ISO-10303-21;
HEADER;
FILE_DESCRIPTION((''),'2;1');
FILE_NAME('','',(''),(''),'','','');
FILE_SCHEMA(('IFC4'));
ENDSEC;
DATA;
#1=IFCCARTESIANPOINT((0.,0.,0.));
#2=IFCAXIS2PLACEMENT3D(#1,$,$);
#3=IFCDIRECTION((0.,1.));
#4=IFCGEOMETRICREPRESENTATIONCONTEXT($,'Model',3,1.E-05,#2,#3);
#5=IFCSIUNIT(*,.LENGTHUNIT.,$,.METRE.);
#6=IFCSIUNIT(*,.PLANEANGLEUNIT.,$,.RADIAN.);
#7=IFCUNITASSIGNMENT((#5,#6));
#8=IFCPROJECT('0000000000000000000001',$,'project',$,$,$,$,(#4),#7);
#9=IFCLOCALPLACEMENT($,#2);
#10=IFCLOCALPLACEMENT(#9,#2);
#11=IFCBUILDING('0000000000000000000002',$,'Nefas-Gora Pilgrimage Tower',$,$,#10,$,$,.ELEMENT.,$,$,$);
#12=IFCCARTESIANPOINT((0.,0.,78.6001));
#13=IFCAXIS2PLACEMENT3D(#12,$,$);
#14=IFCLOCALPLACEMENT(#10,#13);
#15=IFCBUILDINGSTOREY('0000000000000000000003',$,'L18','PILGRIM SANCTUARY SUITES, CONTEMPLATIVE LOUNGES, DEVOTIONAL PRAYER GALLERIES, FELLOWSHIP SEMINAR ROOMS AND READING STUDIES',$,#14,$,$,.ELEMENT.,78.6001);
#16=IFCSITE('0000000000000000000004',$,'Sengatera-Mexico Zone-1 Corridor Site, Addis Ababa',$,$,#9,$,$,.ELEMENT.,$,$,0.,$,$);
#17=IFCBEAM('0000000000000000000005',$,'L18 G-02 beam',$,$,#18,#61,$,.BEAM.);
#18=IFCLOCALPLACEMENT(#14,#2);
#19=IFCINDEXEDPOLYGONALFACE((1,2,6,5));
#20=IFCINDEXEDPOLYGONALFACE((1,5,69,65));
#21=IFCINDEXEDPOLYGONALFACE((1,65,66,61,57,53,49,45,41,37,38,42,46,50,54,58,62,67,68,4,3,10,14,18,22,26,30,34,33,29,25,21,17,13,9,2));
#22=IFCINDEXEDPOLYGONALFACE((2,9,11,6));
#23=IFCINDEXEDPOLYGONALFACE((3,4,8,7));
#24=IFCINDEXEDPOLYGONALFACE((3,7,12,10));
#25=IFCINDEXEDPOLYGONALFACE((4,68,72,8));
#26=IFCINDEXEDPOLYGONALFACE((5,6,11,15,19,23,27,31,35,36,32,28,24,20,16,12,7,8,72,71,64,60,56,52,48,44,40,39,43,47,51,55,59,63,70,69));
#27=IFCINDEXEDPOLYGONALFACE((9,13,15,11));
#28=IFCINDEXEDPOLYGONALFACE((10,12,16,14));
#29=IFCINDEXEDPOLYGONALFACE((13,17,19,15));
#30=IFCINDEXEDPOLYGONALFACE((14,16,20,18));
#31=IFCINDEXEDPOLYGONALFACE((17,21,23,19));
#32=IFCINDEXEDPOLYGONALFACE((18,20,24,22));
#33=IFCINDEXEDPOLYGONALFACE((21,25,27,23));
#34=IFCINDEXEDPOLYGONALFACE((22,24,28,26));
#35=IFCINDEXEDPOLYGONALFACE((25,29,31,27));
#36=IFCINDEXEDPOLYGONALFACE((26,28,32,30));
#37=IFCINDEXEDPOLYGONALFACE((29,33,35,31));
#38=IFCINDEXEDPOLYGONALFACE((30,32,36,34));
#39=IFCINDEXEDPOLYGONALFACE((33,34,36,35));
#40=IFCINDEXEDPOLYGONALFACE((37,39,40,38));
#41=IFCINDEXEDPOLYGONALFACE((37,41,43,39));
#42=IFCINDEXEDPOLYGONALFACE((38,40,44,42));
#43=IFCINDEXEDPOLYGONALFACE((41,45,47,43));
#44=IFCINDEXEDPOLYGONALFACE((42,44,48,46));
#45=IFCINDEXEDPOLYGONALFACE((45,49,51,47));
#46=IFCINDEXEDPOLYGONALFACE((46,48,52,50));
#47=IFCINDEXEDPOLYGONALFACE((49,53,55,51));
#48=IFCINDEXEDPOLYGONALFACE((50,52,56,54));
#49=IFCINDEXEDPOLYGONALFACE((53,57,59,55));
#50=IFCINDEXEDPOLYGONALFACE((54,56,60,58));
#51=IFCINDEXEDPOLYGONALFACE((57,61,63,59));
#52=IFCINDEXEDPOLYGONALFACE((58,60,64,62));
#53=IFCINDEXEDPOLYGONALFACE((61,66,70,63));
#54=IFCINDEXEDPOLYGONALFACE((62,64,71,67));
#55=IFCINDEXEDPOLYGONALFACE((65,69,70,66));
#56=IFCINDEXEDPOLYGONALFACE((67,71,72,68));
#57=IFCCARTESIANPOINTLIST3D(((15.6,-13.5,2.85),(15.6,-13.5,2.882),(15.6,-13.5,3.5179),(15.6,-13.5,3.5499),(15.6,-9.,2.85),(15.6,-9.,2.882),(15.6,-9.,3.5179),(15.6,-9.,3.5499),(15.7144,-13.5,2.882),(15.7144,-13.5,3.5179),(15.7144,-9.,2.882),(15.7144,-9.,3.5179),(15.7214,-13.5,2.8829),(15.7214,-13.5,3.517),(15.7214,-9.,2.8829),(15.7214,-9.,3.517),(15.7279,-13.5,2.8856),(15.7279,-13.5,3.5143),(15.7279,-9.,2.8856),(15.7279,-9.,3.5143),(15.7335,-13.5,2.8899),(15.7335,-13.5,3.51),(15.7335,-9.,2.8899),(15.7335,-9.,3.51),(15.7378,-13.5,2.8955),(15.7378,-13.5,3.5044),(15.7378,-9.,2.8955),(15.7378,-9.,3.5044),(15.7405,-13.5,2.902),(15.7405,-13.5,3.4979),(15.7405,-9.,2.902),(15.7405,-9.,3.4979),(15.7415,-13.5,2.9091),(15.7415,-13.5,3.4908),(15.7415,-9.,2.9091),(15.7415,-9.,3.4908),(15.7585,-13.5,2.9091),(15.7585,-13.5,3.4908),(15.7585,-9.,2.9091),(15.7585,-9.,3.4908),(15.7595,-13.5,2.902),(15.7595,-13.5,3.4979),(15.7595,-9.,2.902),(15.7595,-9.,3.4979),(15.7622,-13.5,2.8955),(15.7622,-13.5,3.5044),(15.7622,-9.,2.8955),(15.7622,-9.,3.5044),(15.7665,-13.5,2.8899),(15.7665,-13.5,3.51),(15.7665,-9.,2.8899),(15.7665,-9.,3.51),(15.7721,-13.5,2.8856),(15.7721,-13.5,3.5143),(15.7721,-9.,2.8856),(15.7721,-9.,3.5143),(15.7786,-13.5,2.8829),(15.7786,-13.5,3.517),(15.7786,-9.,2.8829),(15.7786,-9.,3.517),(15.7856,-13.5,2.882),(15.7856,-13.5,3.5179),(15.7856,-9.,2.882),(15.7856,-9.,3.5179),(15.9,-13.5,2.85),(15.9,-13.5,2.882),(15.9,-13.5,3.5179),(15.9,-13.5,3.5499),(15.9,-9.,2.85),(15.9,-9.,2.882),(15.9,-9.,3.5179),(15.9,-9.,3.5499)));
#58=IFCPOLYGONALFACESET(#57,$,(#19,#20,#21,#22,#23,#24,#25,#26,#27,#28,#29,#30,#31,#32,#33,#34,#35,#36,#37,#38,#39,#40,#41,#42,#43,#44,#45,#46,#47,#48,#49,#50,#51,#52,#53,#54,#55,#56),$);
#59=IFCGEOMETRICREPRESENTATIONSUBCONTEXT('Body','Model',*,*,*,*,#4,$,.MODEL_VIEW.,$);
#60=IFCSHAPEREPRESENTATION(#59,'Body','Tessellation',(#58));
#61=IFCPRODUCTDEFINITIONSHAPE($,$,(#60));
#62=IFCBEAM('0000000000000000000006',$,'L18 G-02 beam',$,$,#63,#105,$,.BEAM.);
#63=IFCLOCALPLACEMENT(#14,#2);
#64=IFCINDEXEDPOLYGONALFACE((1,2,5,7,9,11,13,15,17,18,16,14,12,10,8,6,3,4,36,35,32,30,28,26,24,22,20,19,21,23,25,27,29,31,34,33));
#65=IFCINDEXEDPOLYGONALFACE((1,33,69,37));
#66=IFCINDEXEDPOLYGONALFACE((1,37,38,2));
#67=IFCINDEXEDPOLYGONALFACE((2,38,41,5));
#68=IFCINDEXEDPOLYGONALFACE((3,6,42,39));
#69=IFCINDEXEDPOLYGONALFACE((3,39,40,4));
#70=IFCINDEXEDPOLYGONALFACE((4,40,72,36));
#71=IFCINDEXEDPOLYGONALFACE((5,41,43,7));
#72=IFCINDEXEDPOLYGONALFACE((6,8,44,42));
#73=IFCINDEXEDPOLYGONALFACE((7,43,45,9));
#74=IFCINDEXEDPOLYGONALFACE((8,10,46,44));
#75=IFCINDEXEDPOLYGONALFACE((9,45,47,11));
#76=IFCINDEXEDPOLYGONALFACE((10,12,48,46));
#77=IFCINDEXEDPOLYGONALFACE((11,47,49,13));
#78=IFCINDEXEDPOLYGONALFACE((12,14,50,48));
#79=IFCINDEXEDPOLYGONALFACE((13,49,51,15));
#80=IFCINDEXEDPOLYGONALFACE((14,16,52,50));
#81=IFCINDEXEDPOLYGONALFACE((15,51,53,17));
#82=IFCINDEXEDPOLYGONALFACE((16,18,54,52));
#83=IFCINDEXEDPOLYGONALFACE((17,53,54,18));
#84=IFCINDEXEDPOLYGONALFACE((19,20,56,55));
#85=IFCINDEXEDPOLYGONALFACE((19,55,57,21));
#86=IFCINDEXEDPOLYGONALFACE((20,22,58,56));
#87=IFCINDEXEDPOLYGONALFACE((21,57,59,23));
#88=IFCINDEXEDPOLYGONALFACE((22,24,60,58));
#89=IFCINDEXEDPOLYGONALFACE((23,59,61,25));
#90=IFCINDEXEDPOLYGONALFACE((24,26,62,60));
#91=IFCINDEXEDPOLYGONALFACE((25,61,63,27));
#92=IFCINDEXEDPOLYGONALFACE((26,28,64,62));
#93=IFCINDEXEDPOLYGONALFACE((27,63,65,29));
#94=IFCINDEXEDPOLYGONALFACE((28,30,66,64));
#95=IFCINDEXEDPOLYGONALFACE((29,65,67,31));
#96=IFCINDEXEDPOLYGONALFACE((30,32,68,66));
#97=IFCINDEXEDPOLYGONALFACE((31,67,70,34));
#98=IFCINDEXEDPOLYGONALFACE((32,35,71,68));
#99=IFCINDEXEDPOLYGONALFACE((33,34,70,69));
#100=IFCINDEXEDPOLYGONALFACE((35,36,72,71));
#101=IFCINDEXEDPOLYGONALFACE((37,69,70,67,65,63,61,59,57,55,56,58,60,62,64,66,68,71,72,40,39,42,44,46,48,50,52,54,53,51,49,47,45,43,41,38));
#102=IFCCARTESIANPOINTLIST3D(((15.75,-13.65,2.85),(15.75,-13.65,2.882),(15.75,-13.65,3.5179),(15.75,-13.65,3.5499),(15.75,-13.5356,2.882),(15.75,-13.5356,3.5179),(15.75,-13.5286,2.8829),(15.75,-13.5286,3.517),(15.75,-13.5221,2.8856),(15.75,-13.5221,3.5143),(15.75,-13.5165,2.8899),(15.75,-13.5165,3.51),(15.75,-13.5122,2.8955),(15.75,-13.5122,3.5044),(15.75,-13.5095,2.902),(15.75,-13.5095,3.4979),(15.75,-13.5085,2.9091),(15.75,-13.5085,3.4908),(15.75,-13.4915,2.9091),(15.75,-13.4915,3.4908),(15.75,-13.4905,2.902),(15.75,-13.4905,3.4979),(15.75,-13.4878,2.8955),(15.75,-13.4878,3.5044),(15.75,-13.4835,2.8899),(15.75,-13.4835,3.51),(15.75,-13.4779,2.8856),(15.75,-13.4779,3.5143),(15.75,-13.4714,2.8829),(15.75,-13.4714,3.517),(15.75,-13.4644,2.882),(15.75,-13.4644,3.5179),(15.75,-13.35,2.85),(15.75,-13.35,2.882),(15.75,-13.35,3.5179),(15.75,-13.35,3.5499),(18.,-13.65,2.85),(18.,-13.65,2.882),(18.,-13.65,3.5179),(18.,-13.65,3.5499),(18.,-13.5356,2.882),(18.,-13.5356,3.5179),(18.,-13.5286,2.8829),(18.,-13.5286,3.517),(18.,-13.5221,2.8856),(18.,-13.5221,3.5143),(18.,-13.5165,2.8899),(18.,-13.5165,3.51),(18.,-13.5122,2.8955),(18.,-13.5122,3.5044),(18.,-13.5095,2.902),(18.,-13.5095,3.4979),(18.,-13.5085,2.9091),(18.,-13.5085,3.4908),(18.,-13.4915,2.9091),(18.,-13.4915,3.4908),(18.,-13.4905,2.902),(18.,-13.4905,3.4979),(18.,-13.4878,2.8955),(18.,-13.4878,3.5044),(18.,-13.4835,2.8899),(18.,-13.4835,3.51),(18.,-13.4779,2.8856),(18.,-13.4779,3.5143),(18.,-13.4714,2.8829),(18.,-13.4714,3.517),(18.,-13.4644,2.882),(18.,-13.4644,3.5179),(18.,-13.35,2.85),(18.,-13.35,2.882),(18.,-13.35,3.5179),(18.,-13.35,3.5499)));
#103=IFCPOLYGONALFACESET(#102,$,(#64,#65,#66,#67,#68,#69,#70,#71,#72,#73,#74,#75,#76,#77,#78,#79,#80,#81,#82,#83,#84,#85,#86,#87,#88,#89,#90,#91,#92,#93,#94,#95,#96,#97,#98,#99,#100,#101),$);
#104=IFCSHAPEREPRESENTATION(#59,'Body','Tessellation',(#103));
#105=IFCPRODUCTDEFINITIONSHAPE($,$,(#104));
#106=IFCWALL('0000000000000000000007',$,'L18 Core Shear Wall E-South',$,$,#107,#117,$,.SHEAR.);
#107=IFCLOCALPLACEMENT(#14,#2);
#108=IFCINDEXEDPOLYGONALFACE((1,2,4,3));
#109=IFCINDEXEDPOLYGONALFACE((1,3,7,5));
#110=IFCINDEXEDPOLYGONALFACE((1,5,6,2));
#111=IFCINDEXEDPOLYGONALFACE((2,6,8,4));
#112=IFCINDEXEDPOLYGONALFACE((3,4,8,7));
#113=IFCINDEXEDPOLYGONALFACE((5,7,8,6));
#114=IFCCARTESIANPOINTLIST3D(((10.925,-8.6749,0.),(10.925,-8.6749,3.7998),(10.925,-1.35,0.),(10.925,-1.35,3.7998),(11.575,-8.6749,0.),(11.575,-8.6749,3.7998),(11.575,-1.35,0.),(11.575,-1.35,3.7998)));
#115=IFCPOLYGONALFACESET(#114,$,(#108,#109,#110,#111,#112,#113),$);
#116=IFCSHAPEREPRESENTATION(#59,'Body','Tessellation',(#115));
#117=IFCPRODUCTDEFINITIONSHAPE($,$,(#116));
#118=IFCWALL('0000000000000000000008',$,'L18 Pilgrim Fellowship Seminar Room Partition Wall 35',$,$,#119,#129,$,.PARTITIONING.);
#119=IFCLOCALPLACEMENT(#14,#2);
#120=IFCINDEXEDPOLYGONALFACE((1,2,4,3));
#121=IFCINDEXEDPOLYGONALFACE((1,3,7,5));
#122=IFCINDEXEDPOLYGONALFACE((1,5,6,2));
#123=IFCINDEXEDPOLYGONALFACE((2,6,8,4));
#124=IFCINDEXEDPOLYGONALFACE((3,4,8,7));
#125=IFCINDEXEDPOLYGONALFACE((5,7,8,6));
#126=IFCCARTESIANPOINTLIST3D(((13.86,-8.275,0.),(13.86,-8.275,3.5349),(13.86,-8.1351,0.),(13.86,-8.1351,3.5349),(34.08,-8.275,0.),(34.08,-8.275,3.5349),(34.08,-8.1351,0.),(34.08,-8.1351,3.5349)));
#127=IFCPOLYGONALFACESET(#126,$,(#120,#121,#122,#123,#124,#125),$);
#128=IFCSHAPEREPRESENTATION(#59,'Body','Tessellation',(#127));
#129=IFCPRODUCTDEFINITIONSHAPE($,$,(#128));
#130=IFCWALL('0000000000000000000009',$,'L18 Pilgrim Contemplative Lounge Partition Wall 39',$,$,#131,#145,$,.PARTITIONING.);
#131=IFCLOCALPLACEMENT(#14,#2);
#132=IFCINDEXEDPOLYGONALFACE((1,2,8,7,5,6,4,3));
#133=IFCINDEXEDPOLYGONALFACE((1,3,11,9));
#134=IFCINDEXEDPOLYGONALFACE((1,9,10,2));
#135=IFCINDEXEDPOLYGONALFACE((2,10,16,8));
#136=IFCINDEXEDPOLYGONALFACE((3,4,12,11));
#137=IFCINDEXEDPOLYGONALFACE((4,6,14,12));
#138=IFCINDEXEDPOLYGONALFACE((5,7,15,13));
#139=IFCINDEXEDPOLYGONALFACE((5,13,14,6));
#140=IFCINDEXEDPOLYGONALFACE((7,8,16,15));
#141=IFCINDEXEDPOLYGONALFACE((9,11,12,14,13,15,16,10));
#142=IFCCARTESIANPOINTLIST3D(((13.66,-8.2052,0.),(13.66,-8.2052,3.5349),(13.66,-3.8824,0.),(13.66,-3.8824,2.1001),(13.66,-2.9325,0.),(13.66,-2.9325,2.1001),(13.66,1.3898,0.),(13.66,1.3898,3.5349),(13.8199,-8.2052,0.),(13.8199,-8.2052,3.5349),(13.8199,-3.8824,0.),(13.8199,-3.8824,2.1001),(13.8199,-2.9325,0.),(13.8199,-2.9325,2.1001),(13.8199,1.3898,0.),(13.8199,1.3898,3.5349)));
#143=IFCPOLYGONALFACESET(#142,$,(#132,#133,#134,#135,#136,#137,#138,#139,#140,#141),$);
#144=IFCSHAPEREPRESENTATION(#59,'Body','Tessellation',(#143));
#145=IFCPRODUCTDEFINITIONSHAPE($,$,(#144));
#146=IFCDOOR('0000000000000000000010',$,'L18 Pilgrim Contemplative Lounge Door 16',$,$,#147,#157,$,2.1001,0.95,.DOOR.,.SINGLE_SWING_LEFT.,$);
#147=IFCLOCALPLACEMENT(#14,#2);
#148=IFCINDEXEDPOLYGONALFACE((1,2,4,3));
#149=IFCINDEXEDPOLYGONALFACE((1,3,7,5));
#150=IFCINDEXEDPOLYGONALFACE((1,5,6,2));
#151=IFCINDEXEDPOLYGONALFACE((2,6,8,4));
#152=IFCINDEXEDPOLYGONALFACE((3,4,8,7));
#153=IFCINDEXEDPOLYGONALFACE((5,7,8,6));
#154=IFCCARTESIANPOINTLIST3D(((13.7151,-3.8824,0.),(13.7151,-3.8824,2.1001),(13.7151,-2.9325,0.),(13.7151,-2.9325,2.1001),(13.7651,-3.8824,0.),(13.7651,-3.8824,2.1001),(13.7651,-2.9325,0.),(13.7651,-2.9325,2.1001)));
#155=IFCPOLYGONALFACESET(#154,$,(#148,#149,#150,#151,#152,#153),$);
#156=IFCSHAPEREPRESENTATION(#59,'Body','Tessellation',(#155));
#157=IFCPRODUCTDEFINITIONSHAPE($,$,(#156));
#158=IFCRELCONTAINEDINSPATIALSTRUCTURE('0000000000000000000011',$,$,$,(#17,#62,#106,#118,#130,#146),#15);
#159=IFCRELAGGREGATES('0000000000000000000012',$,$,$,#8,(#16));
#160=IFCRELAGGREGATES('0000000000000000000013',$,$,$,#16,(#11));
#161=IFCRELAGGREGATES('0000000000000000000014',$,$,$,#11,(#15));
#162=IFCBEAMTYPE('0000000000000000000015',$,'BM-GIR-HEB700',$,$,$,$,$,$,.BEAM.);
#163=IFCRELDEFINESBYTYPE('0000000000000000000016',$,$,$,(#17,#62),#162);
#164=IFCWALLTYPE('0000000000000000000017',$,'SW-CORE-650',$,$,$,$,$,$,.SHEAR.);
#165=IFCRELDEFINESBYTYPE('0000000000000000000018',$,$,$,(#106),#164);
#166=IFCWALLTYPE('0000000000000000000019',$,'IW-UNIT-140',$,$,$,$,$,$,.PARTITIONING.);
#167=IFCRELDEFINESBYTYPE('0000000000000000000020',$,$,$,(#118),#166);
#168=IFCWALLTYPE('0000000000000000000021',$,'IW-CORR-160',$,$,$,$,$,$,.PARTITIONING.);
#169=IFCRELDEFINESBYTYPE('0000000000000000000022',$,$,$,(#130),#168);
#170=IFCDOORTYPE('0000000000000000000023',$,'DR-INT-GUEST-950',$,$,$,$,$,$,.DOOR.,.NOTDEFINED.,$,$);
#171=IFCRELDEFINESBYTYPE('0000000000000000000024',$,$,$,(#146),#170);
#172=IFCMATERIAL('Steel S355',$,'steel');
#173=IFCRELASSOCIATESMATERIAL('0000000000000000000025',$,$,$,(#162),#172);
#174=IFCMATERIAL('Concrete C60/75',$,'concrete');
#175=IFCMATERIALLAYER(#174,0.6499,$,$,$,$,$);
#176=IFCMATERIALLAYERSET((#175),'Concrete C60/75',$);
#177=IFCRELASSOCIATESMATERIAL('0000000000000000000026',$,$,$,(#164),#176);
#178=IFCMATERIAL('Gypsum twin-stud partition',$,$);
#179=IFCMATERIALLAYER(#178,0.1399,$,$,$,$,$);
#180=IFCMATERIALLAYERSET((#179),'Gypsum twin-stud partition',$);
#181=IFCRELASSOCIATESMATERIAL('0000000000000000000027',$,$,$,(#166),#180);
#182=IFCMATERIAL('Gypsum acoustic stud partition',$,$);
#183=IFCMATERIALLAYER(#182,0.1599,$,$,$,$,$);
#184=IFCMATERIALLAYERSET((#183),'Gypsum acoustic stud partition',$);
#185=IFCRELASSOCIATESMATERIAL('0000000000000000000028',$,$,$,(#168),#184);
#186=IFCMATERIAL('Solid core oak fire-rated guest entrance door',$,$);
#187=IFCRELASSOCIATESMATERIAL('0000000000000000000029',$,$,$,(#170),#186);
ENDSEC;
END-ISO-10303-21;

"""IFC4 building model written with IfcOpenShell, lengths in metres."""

from ifc_helpers import new_model, si_unit, direction, frame, frame_2d, origin, origin_2d, place, context, subcontext, project, spatial, rectangle, i_section, extrude, source, transform, mapped, material, layer, layer_set, material_profile, profile_set, type_object, element, fill, save


model = new_model("IFC4")

# Units and contexts
model_context = context("Model", 3, precision=1e-05, world=origin(), true_north=direction((0.0, 1.0)))
body_context = subcontext(model_context, "Body", "Model", "MODEL_VIEW")
ifc_project = project(units=[si_unit("LENGTHUNIT", "METRE"), si_unit("PLANEANGLEUNIT", "RADIAN")], contexts=[model_context])

# Site, building, storey
site_placement = place(None, origin())
site = spatial("IfcSite", under=ifc_project, at=site_placement, Name="Sengatera-Mexico Zone-1 Corridor Site, Addis Ababa", CompositionType="ELEMENT", RefElevation=0.0)
building_placement = place(site_placement, origin())
building = spatial("IfcBuilding", under=site, at=building_placement, Name="Nefas-Gora Pilgrimage Tower", CompositionType="ELEMENT")
storey_placement = place(building_placement, frame((0.0, 0.0, 78.6001)))
storey = spatial("IfcBuildingStorey", under=building, at=storey_placement, Name="L18", Description="PILGRIM SANCTUARY SUITES, CONTEMPLATIVE LOUNGES, DEVOTIONAL PRAYER GALLERIES, FELLOWSHIP SEMINAR ROOMS AND READING STUDIES", CompositionType="ELEMENT", Elevation=78.6001)

# Beams
ifc_material_1 = material(Name="Concrete C60/75", Category="concrete")
ifc_material_2 = material(Name="Steel S355", Category="steel")
ifc_material_profile_1 = material_profile(ifc_material_2, i_section(OverallWidth=0.3, OverallDepth=0.7, WebThickness=0.0171, FlangeThickness=0.032, FilletRadius=0.0271, at=origin_2d()), Name="HEB 700")
ifc_profile_set_1 = profile_set([ifc_material_profile_1], Name="Steel S355")
beam_type_1 = type_object("IfcBeamType", Name="BM-GIR-HEB700", PredefinedType="BEAM", material=ifc_profile_set_1)
shared_shape_1 = source(origin(), body_context, "Body", "SweptSolid", [
    extrude(i_section(OverallWidth=0.3, OverallDepth=0.7, WebThickness=0.0171, FlangeThickness=0.032, FilletRadius=0.0271, at=origin_2d()), origin(), (0.0, 0.0, 1.0), 4.5),
])
for number, where, z_axis, x_axis, name in (
    (1, (15.75, -13.5, 3.2), (0.0, 1.0, 0.0), (-1.0, 0.0, 0.0), "L18 G-02 beam"),
):
    element("IfcBeam", number, at=place(storey_placement, frame(where, z_axis=z_axis, x_axis=x_axis)), inside=storey, type_object=beam_type_1, Name=name, PredefinedType="BEAM", context=body_context, shape_type="MappedRepresentation", body=[
        mapped(shared_shape_1, transform((0.0, 0.0, 0.0), x_axis=(1.0, 0.0, 0.0), y_axis=(0.0, 1.0, 0.0), z_axis=(0.0, 0.0, 1.0), scale=1.0)),
    ])
shared_shape_2 = source(origin(), body_context, "Body", "SweptSolid", [
    extrude(i_section(OverallWidth=0.3, OverallDepth=0.7, WebThickness=0.0171, FlangeThickness=0.032, FilletRadius=0.0271, at=origin_2d()), origin(), (0.0, 0.0, 1.0), 2.25),
])
beam_1_placement = place(storey_placement, frame((15.75, -13.5, 3.2), z_axis=(1.0, 0.0, 0.0), x_axis=(0.0, 1.0, 0.0)))
element("IfcBeam", 2, at=beam_1_placement, inside=storey, type_object=beam_type_1, Name="L18 G-02 beam", PredefinedType="BEAM", context=body_context, shape_type="MappedRepresentation", body=[
    mapped(shared_shape_2, transform((0.0, 0.0, 0.0), x_axis=(1.0, 0.0, 0.0), y_axis=(0.0, 1.0, 0.0), z_axis=(0.0, 0.0, 1.0), scale=1.0)),
])

# Walls
ifc_layer_1 = layer(ifc_material_1, 0.6499)
ifc_layer_set_1 = layer_set([ifc_layer_1], Name="Concrete C60/75")
wall_type_1 = type_object("IfcWallType", Name="SW-CORE-650", PredefinedType="SHEAR", material=ifc_layer_set_1)
shared_shape_3 = source(origin(), body_context, "Body", "SweptSolid", [
    extrude(rectangle(XDim=7.325, YDim=0.6499, at=frame_2d((3.6626, 0.0))), origin(), (0.0, 0.0, 1.0), 3.7998),
])
wall_1_placement = place(storey_placement, frame((11.25, -8.675, 0.0), z_axis=(0.0, 0.0, 1.0), x_axis=(0.0, 1.0, 0.0)))
element("IfcWall", 3, at=wall_1_placement, inside=storey, type_object=wall_type_1, Name="L18 Core Shear Wall E-South", PredefinedType="SHEAR", context=body_context, shape_type="MappedRepresentation", body=[
    mapped(shared_shape_3, transform((0.0, 0.0, 0.0), x_axis=(1.0, 0.0, 0.0), y_axis=(0.0, 1.0, 0.0), z_axis=(0.0, 0.0, 1.0), scale=1.0)),
])
ifc_material_3 = material(Name="Gypsum twin-stud partition")
ifc_layer_2 = layer(ifc_material_3, 0.1399)
ifc_layer_set_2 = layer_set([ifc_layer_2], Name="Gypsum twin-stud partition")
wall_type_2 = type_object("IfcWallType", Name="IW-UNIT-140", PredefinedType="PARTITIONING", material=ifc_layer_set_2)
shared_shape_4 = source(origin(), body_context, "Body", "SweptSolid", [
    extrude(rectangle(XDim=20.22, YDim=0.1399, at=frame_2d((10.1099, 0.0))), origin(), (0.0, 0.0, 1.0), 3.5349),
])
wall_2_placement = place(storey_placement, frame((13.8601, -8.2051, 0.0), z_axis=(0.0, 0.0, 1.0), x_axis=(1.0, 0.0, 0.0)))
element("IfcWall", 4, at=wall_2_placement, inside=storey, type_object=wall_type_2, Name="L18 Pilgrim Fellowship Seminar Room Partition Wall 35", PredefinedType="PARTITIONING", context=body_context, shape_type="MappedRepresentation", body=[
    mapped(shared_shape_4, transform((0.0, 0.0, 0.0), x_axis=(1.0, 0.0, 0.0), y_axis=(0.0, 1.0, 0.0), z_axis=(0.0, 0.0, 1.0), scale=1.0)),
])

# Wall, opening, door
ifc_material_4 = material(Name="Gypsum acoustic stud partition")
ifc_layer_3 = layer(ifc_material_4, 0.1599)
ifc_layer_set_3 = layer_set([ifc_layer_3], Name="Gypsum acoustic stud partition")
wall_type_3 = type_object("IfcWallType", Name="IW-CORR-160", PredefinedType="PARTITIONING", material=ifc_layer_set_3)
shared_shape_5 = source(origin(), body_context, "Body", "SweptSolid", [
    extrude(rectangle(XDim=9.595, YDim=0.1599, at=frame_2d((4.7974, 0.0))), origin(), (0.0, 0.0, 1.0), 3.5349),
])
wall_3_placement = place(storey_placement, frame((13.74, -8.2051, 0.0), z_axis=(0.0, 0.0, 1.0), x_axis=(0.0, 1.0, 0.0)))
wall_3 = element("IfcWall", 5, at=wall_3_placement, inside=storey, type_object=wall_type_3, Name="L18 Pilgrim Contemplative Lounge Partition Wall 39", PredefinedType="PARTITIONING", context=body_context, shape_type="MappedRepresentation", body=[
    mapped(shared_shape_5, transform((0.0, 0.0, 0.0), x_axis=(1.0, 0.0, 0.0), y_axis=(0.0, 1.0, 0.0), z_axis=(0.0, 0.0, 1.0), scale=1.0)),
])
opening_1_placement = place(wall_3_placement, frame((4.3225, 0.0, 0.0)))
opening_1 = element("IfcOpeningElement", 6, at=opening_1_placement, cuts=wall_3, PredefinedType="OPENING", context=body_context, shape_type="SweptSolid", body=[
    extrude(rectangle(XDim=0.95, YDim=2.1001, at=frame_2d((0.4751, 1.05))), frame((0.0, 0.0898, 0.0), z_axis=(0.0, -1.0, 0.0), x_axis=(1.0, 0.0, 0.0)), (0.0, 0.0, 1.0), 0.1799),
])
ifc_material_5 = material(Name="Solid core oak fire-rated guest entrance door")
door_type_1 = type_object("IfcDoorType", Name="DR-INT-GUEST-950", OperationType="NOTDEFINED", PredefinedType="DOOR", material=ifc_material_5)
shared_shape_6 = source(origin(), body_context, "Body", "SweptSolid", [
    extrude(rectangle(XDim=0.95, YDim=2.1001, at=frame_2d((0.4751, 1.05))), frame((0.0, 0.0249, 0.0), z_axis=(0.0, -1.0, 0.0), x_axis=(1.0, 0.0, 0.0)), (0.0, 0.0, 1.0), 0.05),
])
door_1_placement = place(opening_1_placement, origin())
door_1 = element("IfcDoor", 7, at=door_1_placement, inside=storey, type_object=door_type_1, Name="L18 Pilgrim Contemplative Lounge Door 16", OperationType="SINGLE_SWING_LEFT", OverallHeight=2.1001, OverallWidth=0.95, PredefinedType="DOOR", context=body_context, shape_type="MappedRepresentation", body=[
    mapped(shared_shape_6, transform((0.0, 0.0, 0.0), x_axis=(1.0, 0.0, 0.0), y_axis=(0.0, 1.0, 0.0), z_axis=(0.0, 0.0, 1.0), scale=1.0)),
])
fill(opening_1, door_1)

save(model, "model.ifc")
